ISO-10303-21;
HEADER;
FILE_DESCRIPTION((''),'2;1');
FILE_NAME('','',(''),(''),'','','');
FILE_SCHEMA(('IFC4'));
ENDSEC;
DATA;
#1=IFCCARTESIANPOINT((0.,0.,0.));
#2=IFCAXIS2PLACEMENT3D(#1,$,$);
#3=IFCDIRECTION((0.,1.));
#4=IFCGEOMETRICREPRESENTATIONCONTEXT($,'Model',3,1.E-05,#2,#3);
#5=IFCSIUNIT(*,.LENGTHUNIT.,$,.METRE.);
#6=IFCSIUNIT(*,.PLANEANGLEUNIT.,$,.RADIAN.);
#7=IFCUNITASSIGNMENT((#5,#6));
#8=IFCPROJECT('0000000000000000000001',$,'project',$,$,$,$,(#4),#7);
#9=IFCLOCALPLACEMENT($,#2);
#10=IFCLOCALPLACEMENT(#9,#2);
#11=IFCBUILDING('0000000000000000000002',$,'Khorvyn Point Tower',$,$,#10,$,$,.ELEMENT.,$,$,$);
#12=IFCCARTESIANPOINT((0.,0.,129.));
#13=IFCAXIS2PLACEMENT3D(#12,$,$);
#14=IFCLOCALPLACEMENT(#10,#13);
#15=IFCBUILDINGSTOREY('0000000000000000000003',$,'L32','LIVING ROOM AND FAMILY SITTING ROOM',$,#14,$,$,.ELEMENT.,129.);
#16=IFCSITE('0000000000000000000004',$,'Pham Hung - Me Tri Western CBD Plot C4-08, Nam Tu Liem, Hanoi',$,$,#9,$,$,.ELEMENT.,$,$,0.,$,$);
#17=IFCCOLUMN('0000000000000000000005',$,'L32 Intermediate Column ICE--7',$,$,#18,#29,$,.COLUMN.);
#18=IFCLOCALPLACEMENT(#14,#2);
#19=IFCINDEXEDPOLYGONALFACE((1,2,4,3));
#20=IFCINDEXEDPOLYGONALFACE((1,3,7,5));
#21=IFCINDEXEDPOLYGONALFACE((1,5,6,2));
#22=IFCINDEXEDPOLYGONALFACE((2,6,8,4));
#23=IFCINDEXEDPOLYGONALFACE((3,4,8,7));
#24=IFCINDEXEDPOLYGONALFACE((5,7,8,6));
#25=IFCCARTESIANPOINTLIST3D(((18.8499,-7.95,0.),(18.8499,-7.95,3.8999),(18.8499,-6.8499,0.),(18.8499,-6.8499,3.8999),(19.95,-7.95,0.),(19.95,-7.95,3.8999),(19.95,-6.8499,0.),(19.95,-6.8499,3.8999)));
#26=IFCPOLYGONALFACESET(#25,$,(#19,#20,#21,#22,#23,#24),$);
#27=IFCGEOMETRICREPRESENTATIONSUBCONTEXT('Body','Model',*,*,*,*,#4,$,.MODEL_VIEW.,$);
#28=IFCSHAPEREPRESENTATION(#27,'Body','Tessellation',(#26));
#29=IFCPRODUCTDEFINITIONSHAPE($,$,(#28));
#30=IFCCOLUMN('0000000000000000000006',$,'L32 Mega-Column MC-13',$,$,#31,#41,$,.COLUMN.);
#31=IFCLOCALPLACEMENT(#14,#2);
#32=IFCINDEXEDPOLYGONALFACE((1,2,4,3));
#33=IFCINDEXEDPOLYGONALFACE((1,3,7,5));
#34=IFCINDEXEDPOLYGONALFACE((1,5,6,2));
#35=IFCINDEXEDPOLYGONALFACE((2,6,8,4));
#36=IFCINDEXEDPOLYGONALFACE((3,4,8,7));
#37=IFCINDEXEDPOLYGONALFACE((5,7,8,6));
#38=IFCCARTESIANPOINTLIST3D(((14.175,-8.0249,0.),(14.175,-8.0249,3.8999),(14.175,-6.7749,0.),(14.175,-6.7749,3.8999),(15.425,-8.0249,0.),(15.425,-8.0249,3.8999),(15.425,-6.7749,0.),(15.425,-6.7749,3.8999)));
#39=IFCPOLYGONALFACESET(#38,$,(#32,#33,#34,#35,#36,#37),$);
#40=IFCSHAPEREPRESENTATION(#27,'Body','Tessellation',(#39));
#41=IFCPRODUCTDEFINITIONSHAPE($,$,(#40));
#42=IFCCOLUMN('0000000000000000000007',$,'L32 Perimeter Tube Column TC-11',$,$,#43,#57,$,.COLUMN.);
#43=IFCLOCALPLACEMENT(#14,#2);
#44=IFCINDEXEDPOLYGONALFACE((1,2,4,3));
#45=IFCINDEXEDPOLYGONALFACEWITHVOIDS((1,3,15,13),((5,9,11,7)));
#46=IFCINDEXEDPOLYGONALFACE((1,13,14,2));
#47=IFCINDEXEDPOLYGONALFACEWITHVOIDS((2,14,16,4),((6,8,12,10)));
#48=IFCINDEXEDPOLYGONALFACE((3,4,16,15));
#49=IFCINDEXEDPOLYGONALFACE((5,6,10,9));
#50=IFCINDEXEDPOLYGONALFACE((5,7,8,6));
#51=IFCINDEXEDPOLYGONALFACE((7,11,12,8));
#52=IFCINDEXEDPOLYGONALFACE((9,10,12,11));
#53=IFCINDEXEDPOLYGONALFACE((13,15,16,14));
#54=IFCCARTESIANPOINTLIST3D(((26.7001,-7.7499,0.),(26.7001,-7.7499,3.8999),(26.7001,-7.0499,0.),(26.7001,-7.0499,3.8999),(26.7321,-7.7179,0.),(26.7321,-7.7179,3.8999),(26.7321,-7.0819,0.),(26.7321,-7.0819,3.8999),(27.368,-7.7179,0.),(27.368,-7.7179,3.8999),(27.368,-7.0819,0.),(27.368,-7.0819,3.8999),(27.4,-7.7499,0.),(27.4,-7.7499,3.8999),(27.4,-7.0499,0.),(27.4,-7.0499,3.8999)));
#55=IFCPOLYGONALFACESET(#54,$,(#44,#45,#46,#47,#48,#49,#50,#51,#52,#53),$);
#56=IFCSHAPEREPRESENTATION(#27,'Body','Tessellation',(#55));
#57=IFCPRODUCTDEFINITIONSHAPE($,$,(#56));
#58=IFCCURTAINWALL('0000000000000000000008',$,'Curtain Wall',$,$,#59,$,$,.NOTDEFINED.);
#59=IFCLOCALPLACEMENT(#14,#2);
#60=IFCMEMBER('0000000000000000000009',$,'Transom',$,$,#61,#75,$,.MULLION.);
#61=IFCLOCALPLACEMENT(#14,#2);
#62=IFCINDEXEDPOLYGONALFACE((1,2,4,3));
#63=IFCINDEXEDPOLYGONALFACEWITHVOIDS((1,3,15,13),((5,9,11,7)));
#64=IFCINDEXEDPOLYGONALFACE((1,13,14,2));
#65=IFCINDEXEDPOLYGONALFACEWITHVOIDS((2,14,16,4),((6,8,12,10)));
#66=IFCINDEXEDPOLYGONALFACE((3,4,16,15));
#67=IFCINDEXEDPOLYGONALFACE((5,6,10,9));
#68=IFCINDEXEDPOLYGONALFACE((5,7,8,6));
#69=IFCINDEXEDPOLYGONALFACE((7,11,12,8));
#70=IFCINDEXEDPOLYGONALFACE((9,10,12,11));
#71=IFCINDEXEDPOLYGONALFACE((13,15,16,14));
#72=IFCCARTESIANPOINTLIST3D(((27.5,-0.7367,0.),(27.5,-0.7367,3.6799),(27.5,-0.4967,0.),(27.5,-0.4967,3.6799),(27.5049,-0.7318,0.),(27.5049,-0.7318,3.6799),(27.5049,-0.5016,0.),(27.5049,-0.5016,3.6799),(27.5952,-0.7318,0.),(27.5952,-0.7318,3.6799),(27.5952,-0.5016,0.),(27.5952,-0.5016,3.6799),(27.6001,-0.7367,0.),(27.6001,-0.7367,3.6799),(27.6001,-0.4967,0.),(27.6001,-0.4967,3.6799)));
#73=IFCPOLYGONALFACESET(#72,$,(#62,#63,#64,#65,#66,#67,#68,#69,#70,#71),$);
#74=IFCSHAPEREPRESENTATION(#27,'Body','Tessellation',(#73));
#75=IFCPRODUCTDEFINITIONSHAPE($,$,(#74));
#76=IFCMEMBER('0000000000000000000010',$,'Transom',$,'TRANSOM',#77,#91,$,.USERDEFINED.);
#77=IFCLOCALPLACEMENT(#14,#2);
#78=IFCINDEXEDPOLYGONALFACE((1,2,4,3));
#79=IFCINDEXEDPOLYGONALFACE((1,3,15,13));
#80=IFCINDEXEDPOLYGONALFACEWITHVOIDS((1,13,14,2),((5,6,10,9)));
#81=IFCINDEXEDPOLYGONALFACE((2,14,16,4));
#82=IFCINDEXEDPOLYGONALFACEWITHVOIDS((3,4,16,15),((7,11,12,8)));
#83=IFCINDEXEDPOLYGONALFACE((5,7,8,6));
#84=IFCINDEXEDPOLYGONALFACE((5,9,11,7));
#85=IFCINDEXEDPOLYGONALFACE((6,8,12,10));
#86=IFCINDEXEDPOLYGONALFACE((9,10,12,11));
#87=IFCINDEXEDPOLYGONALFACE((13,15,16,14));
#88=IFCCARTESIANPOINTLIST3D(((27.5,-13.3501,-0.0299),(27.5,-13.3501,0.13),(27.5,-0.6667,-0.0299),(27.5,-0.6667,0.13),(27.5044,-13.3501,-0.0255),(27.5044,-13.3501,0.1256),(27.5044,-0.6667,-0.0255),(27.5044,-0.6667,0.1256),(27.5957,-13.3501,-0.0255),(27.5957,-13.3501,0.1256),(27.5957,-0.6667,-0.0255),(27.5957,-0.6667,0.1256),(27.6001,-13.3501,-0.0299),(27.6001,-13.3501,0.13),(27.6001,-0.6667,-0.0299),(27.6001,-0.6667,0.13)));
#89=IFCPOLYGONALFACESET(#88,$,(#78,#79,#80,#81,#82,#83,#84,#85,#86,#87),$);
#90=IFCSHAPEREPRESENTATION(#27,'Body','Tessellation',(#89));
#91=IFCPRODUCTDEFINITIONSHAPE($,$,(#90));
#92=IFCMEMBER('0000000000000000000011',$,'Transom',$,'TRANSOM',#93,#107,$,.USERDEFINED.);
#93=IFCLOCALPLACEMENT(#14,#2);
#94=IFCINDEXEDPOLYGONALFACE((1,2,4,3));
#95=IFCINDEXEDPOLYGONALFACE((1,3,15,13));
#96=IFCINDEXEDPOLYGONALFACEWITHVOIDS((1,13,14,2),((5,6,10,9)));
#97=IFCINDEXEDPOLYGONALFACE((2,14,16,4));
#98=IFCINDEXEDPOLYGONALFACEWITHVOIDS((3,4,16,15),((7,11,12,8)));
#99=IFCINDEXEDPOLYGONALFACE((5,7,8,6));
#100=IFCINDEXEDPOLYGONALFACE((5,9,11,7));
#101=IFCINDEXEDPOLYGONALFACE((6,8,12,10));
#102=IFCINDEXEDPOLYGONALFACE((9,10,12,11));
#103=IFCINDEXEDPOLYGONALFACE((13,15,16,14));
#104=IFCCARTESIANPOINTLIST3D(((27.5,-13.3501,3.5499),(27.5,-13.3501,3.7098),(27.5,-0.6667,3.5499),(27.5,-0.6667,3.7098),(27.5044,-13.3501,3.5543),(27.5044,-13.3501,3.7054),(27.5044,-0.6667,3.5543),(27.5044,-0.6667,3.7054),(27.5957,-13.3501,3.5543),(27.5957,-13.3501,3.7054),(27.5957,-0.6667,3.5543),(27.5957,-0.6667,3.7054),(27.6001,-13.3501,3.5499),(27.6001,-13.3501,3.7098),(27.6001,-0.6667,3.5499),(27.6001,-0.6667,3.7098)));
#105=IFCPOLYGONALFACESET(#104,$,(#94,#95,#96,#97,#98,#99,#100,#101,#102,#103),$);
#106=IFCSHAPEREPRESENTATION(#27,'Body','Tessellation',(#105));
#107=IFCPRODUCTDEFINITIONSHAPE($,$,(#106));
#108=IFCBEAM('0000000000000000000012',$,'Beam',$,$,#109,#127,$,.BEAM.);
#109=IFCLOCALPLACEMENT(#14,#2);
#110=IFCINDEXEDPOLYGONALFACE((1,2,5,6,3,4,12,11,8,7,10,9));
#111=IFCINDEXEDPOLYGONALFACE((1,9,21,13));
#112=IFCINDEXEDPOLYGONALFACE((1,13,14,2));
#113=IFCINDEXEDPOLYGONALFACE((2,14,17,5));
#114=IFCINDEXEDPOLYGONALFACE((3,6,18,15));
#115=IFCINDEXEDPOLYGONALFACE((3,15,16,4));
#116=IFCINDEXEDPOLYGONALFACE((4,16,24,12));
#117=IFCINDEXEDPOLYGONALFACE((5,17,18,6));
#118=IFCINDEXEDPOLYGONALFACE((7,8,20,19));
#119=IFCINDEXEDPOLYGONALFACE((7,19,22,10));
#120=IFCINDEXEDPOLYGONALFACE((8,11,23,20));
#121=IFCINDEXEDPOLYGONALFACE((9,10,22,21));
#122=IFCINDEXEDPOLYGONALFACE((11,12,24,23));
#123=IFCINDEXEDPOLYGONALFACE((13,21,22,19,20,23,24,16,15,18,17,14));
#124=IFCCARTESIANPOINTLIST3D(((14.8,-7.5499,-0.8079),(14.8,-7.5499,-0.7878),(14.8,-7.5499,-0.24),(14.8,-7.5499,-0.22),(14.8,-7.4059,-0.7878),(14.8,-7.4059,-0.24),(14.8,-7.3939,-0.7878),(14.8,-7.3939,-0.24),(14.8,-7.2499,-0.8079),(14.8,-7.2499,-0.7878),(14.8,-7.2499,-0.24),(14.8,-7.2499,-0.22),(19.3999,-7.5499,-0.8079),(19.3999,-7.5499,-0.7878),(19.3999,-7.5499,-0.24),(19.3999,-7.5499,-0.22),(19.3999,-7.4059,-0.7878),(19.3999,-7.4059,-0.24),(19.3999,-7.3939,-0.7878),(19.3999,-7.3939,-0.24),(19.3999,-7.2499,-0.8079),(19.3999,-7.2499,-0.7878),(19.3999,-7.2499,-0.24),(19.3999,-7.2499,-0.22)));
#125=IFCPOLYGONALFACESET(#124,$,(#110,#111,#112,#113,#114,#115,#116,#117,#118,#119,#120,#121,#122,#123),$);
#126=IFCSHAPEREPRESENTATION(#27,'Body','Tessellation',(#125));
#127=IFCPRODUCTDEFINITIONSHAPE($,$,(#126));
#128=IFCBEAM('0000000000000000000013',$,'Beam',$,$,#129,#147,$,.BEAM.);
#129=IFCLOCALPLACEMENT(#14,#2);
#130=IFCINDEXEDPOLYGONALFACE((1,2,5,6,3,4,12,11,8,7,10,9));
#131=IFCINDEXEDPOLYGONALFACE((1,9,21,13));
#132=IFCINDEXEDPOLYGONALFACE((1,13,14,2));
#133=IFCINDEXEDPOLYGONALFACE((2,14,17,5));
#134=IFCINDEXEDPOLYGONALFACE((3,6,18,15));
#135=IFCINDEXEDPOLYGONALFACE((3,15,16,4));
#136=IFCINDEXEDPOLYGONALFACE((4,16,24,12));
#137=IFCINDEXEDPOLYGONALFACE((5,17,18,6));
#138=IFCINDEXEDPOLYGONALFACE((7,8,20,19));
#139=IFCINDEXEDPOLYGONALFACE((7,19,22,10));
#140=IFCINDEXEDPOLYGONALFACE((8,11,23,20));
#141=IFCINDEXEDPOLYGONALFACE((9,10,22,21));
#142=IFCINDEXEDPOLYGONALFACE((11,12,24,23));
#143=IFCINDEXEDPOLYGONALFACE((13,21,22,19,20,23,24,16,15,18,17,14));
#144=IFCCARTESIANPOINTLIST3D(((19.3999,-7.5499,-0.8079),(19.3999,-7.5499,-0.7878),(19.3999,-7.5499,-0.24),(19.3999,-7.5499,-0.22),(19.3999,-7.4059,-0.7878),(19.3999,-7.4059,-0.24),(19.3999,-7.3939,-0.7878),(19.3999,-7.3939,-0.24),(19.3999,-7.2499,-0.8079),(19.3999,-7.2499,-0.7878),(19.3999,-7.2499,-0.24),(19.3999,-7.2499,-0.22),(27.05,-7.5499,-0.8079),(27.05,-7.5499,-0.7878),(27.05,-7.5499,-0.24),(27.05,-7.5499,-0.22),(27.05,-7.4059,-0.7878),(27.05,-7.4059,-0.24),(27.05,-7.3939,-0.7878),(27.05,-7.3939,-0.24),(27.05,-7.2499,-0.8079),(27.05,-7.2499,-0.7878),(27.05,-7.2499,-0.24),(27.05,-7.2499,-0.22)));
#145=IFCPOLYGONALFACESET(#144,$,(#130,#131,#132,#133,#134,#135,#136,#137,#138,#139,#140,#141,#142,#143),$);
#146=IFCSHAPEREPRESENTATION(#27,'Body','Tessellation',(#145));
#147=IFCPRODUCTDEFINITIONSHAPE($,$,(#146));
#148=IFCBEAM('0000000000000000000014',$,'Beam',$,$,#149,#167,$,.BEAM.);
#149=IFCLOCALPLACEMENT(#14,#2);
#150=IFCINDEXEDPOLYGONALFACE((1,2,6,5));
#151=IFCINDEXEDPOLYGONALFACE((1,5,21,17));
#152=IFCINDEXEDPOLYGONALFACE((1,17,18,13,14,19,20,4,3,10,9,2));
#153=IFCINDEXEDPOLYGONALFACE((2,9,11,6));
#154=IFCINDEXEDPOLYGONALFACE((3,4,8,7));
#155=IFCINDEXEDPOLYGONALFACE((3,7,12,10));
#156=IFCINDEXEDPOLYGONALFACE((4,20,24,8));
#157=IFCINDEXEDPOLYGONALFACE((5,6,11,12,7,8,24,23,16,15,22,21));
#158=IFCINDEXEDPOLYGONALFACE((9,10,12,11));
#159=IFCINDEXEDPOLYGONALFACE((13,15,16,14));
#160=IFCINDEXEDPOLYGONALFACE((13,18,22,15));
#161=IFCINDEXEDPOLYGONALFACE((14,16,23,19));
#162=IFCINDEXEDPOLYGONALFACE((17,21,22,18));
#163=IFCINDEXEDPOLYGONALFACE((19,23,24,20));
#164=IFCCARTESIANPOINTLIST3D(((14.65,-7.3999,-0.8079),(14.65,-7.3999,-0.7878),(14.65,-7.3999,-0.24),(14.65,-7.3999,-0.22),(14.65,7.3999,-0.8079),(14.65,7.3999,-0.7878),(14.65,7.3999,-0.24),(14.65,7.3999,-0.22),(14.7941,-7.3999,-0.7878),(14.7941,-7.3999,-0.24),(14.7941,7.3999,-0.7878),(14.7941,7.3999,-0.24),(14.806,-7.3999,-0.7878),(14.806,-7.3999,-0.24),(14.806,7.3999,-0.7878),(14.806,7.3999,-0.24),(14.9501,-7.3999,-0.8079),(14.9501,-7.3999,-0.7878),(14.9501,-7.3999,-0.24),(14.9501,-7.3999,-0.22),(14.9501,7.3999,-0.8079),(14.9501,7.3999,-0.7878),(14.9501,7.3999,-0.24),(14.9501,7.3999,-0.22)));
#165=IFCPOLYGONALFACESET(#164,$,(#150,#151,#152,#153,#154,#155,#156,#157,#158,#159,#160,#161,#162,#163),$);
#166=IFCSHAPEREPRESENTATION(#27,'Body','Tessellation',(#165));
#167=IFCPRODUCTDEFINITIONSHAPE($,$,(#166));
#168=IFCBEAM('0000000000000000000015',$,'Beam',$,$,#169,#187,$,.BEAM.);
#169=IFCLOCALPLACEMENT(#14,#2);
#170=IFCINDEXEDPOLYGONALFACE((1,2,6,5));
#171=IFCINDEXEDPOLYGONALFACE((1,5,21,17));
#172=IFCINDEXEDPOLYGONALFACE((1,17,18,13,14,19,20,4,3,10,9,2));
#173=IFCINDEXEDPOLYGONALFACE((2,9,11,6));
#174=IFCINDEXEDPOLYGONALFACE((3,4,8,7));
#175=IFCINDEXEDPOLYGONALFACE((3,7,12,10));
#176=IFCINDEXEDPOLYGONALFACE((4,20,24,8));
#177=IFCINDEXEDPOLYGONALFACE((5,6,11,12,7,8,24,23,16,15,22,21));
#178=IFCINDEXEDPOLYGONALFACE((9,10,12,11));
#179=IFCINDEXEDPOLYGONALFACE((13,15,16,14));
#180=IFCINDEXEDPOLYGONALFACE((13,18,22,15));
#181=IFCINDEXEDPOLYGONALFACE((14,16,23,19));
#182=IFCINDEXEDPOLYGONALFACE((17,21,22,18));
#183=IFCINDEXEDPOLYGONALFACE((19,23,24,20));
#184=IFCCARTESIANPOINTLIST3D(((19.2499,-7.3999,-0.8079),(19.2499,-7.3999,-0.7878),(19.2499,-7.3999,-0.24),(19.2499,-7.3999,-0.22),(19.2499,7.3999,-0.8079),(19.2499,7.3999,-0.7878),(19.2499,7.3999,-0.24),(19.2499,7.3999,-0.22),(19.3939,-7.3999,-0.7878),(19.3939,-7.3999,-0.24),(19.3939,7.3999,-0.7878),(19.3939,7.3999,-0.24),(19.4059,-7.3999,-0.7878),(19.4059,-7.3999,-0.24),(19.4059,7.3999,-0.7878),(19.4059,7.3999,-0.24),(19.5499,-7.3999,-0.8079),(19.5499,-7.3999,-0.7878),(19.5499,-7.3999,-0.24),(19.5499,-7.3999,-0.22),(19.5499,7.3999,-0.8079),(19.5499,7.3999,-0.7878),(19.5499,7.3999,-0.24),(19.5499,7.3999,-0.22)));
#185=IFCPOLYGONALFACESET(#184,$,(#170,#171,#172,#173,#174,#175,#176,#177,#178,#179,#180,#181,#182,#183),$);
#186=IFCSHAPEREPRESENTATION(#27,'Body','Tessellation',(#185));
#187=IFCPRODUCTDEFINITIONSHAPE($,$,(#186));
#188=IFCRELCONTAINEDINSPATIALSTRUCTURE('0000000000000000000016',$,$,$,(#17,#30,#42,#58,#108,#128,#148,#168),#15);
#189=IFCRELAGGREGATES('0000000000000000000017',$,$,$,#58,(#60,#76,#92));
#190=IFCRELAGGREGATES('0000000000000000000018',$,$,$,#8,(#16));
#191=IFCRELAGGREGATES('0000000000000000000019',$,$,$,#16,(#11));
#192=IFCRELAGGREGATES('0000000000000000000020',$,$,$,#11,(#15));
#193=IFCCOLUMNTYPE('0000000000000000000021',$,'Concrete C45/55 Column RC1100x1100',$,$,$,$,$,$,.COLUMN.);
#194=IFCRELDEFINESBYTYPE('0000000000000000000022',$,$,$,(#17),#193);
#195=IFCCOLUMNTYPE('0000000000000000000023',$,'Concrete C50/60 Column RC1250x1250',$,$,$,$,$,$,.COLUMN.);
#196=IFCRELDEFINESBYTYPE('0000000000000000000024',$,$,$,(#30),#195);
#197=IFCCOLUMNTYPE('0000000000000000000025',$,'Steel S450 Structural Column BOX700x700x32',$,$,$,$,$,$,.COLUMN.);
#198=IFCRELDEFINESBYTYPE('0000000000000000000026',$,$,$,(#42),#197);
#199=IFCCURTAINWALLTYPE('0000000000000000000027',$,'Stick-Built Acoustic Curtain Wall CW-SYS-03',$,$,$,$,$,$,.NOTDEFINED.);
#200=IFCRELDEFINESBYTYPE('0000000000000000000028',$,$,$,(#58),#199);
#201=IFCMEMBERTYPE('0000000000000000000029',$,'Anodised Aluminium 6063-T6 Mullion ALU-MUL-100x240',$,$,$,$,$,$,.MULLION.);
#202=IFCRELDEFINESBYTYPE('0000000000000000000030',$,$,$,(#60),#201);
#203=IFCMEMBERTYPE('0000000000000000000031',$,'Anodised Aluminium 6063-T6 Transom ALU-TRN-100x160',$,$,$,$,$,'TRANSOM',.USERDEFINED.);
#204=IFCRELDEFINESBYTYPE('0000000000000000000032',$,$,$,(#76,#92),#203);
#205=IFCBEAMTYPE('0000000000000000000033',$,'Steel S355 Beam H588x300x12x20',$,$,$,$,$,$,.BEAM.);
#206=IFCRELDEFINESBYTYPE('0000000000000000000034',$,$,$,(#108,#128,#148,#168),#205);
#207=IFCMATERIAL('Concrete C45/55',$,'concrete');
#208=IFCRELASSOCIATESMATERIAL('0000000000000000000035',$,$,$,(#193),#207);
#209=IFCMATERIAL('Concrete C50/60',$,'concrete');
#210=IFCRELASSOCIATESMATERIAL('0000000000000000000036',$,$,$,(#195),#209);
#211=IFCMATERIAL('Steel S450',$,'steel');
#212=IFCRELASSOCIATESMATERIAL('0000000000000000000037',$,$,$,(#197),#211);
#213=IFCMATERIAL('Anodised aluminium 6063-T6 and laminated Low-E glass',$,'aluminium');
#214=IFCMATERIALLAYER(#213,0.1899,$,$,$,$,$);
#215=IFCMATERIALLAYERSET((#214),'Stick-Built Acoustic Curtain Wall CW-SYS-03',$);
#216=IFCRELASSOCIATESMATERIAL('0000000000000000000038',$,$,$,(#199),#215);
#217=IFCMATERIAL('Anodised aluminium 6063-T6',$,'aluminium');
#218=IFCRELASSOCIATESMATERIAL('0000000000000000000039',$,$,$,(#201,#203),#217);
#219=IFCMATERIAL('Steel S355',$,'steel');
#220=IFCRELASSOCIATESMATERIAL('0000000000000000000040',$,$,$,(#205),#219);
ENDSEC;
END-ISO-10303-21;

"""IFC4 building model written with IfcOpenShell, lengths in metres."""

from ifc_helpers import new_model, si_unit, direction, frame, origin, origin_2d, place, context, subcontext, project, spatial, rectangle, hollow_rectangle, i_section, extrude, material, layer, layer_set, material_profile, profile_set, type_object, element, aggregate, save


model = new_model("IFC4")

# Units and contexts
model_context = context("Model", 3, precision=1e-05, world=origin(), true_north=direction((0.0, 1.0)))
body_context = subcontext(model_context, "Body", "Model", "MODEL_VIEW")
ifc_project = project(units=[si_unit("LENGTHUNIT", "METRE"), si_unit("PLANEANGLEUNIT", "RADIAN")], contexts=[model_context])

# Site, building, storey
site_placement = place(None, origin())
site = spatial("IfcSite", under=ifc_project, at=site_placement, Name="Pham Hung - Me Tri Western CBD Plot C4-08, Nam Tu Liem, Hanoi", CompositionType="ELEMENT", RefElevation=0.0)
building_placement = place(site_placement, origin())
building = spatial("IfcBuilding", under=site, at=building_placement, Name="Khorvyn Point Tower", CompositionType="ELEMENT")
storey_placement = place(building_placement, frame((0.0, 0.0, 129.0)))
storey = spatial("IfcBuildingStorey", under=building, at=storey_placement, Name="L32", Description="LIVING ROOM AND FAMILY SITTING ROOM", CompositionType="ELEMENT", Elevation=129.0)

# Columns
ifc_material_1 = material(Name="Concrete C45/55", Category="concrete")
ifc_material_profile_1 = material_profile(ifc_material_1, rectangle(XDim=1.1001, YDim=1.1001, at=origin_2d()))
ifc_profile_set_1 = profile_set([ifc_material_profile_1], Name="Concrete C45/55 RC1100x1100")
column_type_1 = type_object("IfcColumnType", Name="Concrete C45/55 Column RC1100x1100", PredefinedType="COLUMN", material=ifc_profile_set_1)
column_1_placement = place(storey_placement, frame((19.3999, -7.3999, 0.0), z_axis=(0.0, 0.0, 1.0), x_axis=(1.0, 0.0, 0.0)))
element("IfcColumn", 1, at=column_1_placement, inside=storey, type_object=column_type_1, Name="L32 Intermediate Column ICE--7", PredefinedType="COLUMN", context=body_context, shape_type="SweptSolid", body=[
    extrude(rectangle(XDim=1.1001, YDim=1.1001, at=origin_2d()), origin(), (0.0, 0.0, 1.0), 3.8999),
])
ifc_material_2 = material(Name="Concrete C50/60", Category="concrete")
ifc_material_profile_2 = material_profile(ifc_material_2, rectangle(XDim=1.25, YDim=1.25, at=origin_2d()))
ifc_profile_set_2 = profile_set([ifc_material_profile_2], Name="Concrete C50/60 RC1250x1250")
column_type_2 = type_object("IfcColumnType", Name="Concrete C50/60 Column RC1250x1250", PredefinedType="COLUMN", material=ifc_profile_set_2)
column_2_placement = place(storey_placement, frame((14.8, -7.3999, 0.0), z_axis=(0.0, 0.0, 1.0), x_axis=(1.0, 0.0, 0.0)))
element("IfcColumn", 2, at=column_2_placement, inside=storey, type_object=column_type_2, Name="L32 Mega-Column MC-13", PredefinedType="COLUMN", context=body_context, shape_type="SweptSolid", body=[
    extrude(rectangle(XDim=1.25, YDim=1.25, at=origin_2d()), origin(), (0.0, 0.0, 1.0), 3.8999),
])
ifc_material_3 = material(Name="Steel S450", Category="steel")
ifc_material_profile_3 = material_profile(ifc_material_3, hollow_rectangle(XDim=0.7, YDim=0.7, WallThickness=0.032, at=origin_2d()))
ifc_profile_set_3 = profile_set([ifc_material_profile_3], Name="Steel S450 BOX700x700x32")
column_type_3 = type_object("IfcColumnType", Name="Steel S450 Structural Column BOX700x700x32", PredefinedType="COLUMN", material=ifc_profile_set_3)
column_3_placement = place(storey_placement, frame((27.05, -7.3999, 0.0), z_axis=(0.0, 0.0, 1.0), x_axis=(1.0, 0.0, 0.0)))
element("IfcColumn", 3, at=column_3_placement, inside=storey, type_object=column_type_3, Name="L32 Perimeter Tube Column TC-11", PredefinedType="COLUMN", context=body_context, shape_type="SweptSolid", body=[
    extrude(hollow_rectangle(XDim=0.7, YDim=0.7, WallThickness=0.032, at=origin_2d()), origin(), (0.0, 0.0, 1.0), 3.8999),
])

# Curtain wall, members
ifc_material_4 = material(Name="Anodised aluminium 6063-T6 and laminated Low-E glass", Category="aluminium")
ifc_layer_1 = layer(ifc_material_4, 0.1899)
ifc_layer_set_1 = layer_set([ifc_layer_1], Name="Stick-Built Acoustic Curtain Wall CW-SYS-03")
curtain_wall_type = type_object("IfcCurtainWallType", Name="Stick-Built Acoustic Curtain Wall CW-SYS-03", PredefinedType="NOTDEFINED", material=ifc_layer_set_1)
curtain_wall_placement = place(storey_placement, origin())
curtain_wall = element("IfcCurtainWall", 4, at=curtain_wall_placement, inside=storey, type_object=curtain_wall_type, Name="Curtain Wall", PredefinedType="NOTDEFINED")
ifc_material_5 = material(Name="Anodised aluminium 6063-T6", Category="aluminium")
ifc_material_profile_4 = material_profile(ifc_material_5, hollow_rectangle(XDim=0.1001, YDim=0.24, WallThickness=0.0049, at=origin_2d()))
ifc_profile_set_4 = profile_set([ifc_material_profile_4], Name="Anodised aluminium 6063-T6 ALU-MUL-100x240")
member_type_1 = type_object("IfcMemberType", Name="Anodised Aluminium 6063-T6 Mullion ALU-MUL-100x240", PredefinedType="MULLION", material=ifc_profile_set_4)
member_1_placement = place(storey_placement, frame((27.55, -0.6167, 0.0), z_axis=(0.0, 0.0, 1.0), x_axis=(1.0, 0.0, 0.0)))
member_1 = element("IfcMember", 5, at=member_1_placement, type_object=member_type_1, Name="Transom", PredefinedType="MULLION", context=body_context, shape_type="SweptSolid", body=[
    extrude(hollow_rectangle(XDim=0.1001, YDim=0.24, WallThickness=0.0049, at=origin_2d()), origin(), (0.0, 0.0, 1.0), 3.6799),
])
ifc_material_profile_5 = material_profile(ifc_material_5, hollow_rectangle(XDim=0.1001, YDim=0.1599, WallThickness=0.0044, at=origin_2d()))
ifc_profile_set_5 = profile_set([ifc_material_profile_5], Name="Anodised aluminium 6063-T6 ALU-TRN-100x160")
member_type_2 = type_object("IfcMemberType", Name="Anodised Aluminium 6063-T6 Transom ALU-TRN-100x160", ElementType="TRANSOM", PredefinedType="USERDEFINED", material=ifc_profile_set_5)
member_2_placement = place(storey_placement, frame((27.55, -0.6667, 0.05), z_axis=(0.0, -1.0, 0.0), x_axis=(1.0, 0.0, 0.0)))
member_2 = element("IfcMember", 6, at=member_2_placement, type_object=member_type_2, Name="Transom", ObjectType="TRANSOM", PredefinedType="USERDEFINED", context=body_context, shape_type="SweptSolid", body=[
    extrude(hollow_rectangle(XDim=0.1001, YDim=0.1599, WallThickness=0.0044, at=origin_2d()), origin(), (0.0, 0.0, 1.0), 12.6833),
])
member_3_placement = place(storey_placement, frame((27.55, -0.6667, 3.6299), z_axis=(0.0, -1.0, 0.0), x_axis=(1.0, 0.0, 0.0)))
member_3 = element("IfcMember", 7, at=member_3_placement, type_object=member_type_2, Name="Transom", ObjectType="TRANSOM", PredefinedType="USERDEFINED", context=body_context, shape_type="SweptSolid", body=[
    extrude(hollow_rectangle(XDim=0.1001, YDim=0.1599, WallThickness=0.0044, at=origin_2d()), origin(), (0.0, 0.0, 1.0), 12.6833),
])

# Beams
ifc_material_6 = material(Name="Steel S355", Category="steel")
ifc_material_profile_6 = material_profile(ifc_material_6, i_section(OverallWidth=0.3, OverallDepth=0.5879, WebThickness=0.012, FlangeThickness=0.02, at=origin_2d()))
ifc_profile_set_6 = profile_set([ifc_material_profile_6], Name="Steel S355 H588x300x12x20")
beam_type_1 = type_object("IfcBeamType", Name="Steel S355 Beam H588x300x12x20", PredefinedType="BEAM", material=ifc_profile_set_6)
beam_1_placement = place(storey_placement, frame((14.8, -7.3999, -0.5139), z_axis=(1.0, 0.0, 0.0), x_axis=(0.0, 1.0, 0.0)))
element("IfcBeam", 8, at=beam_1_placement, inside=storey, type_object=beam_type_1, Name="Beam", PredefinedType="BEAM", context=body_context, shape_type="SweptSolid", body=[
    extrude(i_section(OverallWidth=0.3, OverallDepth=0.5879, WebThickness=0.012, FlangeThickness=0.02, at=origin_2d()), origin(), (0.0, 0.0, 1.0), 4.5999),
])
beam_2_placement = place(storey_placement, frame((19.3999, -7.3999, -0.5139), z_axis=(1.0, 0.0, 0.0), x_axis=(0.0, 1.0, 0.0)))
element("IfcBeam", 9, at=beam_2_placement, inside=storey, type_object=beam_type_1, Name="Beam", PredefinedType="BEAM", context=body_context, shape_type="SweptSolid", body=[
    extrude(i_section(OverallWidth=0.3, OverallDepth=0.5879, WebThickness=0.012, FlangeThickness=0.02, at=origin_2d()), origin(), (0.0, 0.0, 1.0), 7.6501),
])
for number, where, z_axis, x_axis, name in (
    (10, (14.8, -7.3999, -0.5139), (0.0, 1.0, 0.0), (-1.0, 0.0, 0.0), "Beam"),
    (11, (19.3999, -7.3999, -0.5139), (0.0, 1.0, 0.0), (-1.0, 0.0, 0.0), "Beam"),
):
    element("IfcBeam", number, at=place(storey_placement, frame(where, z_axis=z_axis, x_axis=x_axis)), inside=storey, type_object=beam_type_1, Name=name, PredefinedType="BEAM", context=body_context, shape_type="SweptSolid", body=[
        extrude(i_section(OverallWidth=0.3, OverallDepth=0.5879, WebThickness=0.012, FlangeThickness=0.02, at=origin_2d()), origin(), (0.0, 0.0, 1.0), 14.7998),
    ])

aggregate(curtain_wall, [member_1, member_2, member_3])

save(model, "model.ifc")
